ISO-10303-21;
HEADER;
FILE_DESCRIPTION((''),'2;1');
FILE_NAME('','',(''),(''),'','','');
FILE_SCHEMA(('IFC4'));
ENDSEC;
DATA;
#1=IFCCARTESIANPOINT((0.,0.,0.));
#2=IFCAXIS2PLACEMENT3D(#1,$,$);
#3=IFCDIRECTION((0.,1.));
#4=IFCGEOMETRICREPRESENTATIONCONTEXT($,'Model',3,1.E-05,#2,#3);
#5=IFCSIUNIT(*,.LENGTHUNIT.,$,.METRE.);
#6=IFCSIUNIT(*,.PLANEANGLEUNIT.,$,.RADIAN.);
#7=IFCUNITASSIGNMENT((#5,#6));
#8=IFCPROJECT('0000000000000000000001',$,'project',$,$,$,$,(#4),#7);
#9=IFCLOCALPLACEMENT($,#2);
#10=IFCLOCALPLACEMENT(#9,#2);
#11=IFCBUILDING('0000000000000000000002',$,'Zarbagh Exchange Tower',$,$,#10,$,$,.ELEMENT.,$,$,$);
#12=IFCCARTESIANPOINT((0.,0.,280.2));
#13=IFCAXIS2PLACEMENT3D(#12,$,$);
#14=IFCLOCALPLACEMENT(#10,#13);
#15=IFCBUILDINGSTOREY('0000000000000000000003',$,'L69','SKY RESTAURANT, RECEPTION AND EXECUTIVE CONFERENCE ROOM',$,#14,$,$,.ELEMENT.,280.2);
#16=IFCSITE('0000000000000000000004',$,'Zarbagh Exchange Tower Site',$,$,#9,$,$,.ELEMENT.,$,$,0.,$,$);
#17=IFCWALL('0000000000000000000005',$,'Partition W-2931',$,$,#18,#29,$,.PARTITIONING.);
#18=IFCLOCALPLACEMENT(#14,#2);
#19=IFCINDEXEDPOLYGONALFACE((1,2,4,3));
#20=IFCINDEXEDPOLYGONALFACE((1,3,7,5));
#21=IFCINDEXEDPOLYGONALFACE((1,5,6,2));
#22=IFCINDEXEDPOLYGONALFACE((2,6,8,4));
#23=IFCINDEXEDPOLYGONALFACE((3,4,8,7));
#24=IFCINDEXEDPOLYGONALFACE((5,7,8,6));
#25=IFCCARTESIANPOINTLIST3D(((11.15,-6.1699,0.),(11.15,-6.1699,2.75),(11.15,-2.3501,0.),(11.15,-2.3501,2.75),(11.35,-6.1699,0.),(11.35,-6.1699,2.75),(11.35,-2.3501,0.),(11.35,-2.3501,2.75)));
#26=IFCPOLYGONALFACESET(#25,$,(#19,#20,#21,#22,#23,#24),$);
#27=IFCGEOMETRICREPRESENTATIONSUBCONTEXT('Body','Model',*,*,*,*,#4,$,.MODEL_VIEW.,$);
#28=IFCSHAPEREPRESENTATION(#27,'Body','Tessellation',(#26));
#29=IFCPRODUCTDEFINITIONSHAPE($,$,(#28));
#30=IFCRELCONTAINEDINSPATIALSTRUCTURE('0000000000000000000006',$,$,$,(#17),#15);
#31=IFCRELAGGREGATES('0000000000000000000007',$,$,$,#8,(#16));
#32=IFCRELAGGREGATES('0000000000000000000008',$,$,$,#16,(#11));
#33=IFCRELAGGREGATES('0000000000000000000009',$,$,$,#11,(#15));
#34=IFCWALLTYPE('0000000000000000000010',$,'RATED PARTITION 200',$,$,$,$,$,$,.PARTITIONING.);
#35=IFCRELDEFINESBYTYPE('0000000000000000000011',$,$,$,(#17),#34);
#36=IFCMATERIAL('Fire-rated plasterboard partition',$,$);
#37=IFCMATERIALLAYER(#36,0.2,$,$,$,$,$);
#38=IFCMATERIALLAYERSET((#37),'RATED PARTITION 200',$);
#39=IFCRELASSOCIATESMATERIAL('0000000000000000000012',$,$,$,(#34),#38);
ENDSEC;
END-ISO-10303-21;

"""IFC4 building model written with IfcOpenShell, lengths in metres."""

from ifc_helpers import new_model, si_unit, direction, frame, frame_2d, origin, place, context, subcontext, project, spatial, rectangle, extrude, material, layer, layer_set, type_object, element, save


model = new_model("IFC4")

# Units and contexts
model_context = context("Model", 3, precision=1e-05, world=origin(), true_north=direction((0.0, 1.0)))
body_context = subcontext(model_context, "Body", "Model", "MODEL_VIEW")
ifc_project = project(units=[si_unit("LENGTHUNIT", "METRE"), si_unit("PLANEANGLEUNIT", "RADIAN")], contexts=[model_context])

# Site, building, storey
site_placement = place(None, origin())
site = spatial("IfcSite", under=ifc_project, at=site_placement, Name="Zarbagh Exchange Tower Site", CompositionType="ELEMENT", RefElevation=0.0)
building_placement = place(site_placement, origin())
building = spatial("IfcBuilding", under=site, at=building_placement, Name="Zarbagh Exchange Tower", CompositionType="ELEMENT")
storey_placement = place(building_placement, frame((0.0, 0.0, 280.2)))
storey = spatial("IfcBuildingStorey", under=building, at=storey_placement, Name="L69", Description="SKY RESTAURANT, RECEPTION AND EXECUTIVE CONFERENCE ROOM", CompositionType="ELEMENT", Elevation=280.2)

# Shared definitions
ifc_material_1 = material(Name="Fire-rated plasterboard partition")
ifc_layer_1 = layer(ifc_material_1, 0.2)
ifc_layer_set_1 = layer_set([ifc_layer_1], Name="RATED PARTITION 200")
wall_type_1 = type_object("IfcWallType", Name="RATED PARTITION 200", PredefinedType="PARTITIONING", material=ifc_layer_set_1)

# Wall
wall_1_placement = place(storey_placement, frame((11.25, -6.1699, 0.0), z_axis=(0.0, 0.0, 1.0), x_axis=(0.0, 1.0, 0.0)))
element("IfcWall", 1, at=wall_1_placement, inside=storey, type_object=wall_type_1, Name="Partition W-2931", PredefinedType="PARTITIONING", context=body_context, shape_type="SweptSolid", body=[
    extrude(rectangle(XDim=3.8198, YDim=0.2, at=frame_2d((1.9099, 0.0))), origin(), (0.0, 0.0, 1.0), 2.75),
])

save(model, "model.ifc")
